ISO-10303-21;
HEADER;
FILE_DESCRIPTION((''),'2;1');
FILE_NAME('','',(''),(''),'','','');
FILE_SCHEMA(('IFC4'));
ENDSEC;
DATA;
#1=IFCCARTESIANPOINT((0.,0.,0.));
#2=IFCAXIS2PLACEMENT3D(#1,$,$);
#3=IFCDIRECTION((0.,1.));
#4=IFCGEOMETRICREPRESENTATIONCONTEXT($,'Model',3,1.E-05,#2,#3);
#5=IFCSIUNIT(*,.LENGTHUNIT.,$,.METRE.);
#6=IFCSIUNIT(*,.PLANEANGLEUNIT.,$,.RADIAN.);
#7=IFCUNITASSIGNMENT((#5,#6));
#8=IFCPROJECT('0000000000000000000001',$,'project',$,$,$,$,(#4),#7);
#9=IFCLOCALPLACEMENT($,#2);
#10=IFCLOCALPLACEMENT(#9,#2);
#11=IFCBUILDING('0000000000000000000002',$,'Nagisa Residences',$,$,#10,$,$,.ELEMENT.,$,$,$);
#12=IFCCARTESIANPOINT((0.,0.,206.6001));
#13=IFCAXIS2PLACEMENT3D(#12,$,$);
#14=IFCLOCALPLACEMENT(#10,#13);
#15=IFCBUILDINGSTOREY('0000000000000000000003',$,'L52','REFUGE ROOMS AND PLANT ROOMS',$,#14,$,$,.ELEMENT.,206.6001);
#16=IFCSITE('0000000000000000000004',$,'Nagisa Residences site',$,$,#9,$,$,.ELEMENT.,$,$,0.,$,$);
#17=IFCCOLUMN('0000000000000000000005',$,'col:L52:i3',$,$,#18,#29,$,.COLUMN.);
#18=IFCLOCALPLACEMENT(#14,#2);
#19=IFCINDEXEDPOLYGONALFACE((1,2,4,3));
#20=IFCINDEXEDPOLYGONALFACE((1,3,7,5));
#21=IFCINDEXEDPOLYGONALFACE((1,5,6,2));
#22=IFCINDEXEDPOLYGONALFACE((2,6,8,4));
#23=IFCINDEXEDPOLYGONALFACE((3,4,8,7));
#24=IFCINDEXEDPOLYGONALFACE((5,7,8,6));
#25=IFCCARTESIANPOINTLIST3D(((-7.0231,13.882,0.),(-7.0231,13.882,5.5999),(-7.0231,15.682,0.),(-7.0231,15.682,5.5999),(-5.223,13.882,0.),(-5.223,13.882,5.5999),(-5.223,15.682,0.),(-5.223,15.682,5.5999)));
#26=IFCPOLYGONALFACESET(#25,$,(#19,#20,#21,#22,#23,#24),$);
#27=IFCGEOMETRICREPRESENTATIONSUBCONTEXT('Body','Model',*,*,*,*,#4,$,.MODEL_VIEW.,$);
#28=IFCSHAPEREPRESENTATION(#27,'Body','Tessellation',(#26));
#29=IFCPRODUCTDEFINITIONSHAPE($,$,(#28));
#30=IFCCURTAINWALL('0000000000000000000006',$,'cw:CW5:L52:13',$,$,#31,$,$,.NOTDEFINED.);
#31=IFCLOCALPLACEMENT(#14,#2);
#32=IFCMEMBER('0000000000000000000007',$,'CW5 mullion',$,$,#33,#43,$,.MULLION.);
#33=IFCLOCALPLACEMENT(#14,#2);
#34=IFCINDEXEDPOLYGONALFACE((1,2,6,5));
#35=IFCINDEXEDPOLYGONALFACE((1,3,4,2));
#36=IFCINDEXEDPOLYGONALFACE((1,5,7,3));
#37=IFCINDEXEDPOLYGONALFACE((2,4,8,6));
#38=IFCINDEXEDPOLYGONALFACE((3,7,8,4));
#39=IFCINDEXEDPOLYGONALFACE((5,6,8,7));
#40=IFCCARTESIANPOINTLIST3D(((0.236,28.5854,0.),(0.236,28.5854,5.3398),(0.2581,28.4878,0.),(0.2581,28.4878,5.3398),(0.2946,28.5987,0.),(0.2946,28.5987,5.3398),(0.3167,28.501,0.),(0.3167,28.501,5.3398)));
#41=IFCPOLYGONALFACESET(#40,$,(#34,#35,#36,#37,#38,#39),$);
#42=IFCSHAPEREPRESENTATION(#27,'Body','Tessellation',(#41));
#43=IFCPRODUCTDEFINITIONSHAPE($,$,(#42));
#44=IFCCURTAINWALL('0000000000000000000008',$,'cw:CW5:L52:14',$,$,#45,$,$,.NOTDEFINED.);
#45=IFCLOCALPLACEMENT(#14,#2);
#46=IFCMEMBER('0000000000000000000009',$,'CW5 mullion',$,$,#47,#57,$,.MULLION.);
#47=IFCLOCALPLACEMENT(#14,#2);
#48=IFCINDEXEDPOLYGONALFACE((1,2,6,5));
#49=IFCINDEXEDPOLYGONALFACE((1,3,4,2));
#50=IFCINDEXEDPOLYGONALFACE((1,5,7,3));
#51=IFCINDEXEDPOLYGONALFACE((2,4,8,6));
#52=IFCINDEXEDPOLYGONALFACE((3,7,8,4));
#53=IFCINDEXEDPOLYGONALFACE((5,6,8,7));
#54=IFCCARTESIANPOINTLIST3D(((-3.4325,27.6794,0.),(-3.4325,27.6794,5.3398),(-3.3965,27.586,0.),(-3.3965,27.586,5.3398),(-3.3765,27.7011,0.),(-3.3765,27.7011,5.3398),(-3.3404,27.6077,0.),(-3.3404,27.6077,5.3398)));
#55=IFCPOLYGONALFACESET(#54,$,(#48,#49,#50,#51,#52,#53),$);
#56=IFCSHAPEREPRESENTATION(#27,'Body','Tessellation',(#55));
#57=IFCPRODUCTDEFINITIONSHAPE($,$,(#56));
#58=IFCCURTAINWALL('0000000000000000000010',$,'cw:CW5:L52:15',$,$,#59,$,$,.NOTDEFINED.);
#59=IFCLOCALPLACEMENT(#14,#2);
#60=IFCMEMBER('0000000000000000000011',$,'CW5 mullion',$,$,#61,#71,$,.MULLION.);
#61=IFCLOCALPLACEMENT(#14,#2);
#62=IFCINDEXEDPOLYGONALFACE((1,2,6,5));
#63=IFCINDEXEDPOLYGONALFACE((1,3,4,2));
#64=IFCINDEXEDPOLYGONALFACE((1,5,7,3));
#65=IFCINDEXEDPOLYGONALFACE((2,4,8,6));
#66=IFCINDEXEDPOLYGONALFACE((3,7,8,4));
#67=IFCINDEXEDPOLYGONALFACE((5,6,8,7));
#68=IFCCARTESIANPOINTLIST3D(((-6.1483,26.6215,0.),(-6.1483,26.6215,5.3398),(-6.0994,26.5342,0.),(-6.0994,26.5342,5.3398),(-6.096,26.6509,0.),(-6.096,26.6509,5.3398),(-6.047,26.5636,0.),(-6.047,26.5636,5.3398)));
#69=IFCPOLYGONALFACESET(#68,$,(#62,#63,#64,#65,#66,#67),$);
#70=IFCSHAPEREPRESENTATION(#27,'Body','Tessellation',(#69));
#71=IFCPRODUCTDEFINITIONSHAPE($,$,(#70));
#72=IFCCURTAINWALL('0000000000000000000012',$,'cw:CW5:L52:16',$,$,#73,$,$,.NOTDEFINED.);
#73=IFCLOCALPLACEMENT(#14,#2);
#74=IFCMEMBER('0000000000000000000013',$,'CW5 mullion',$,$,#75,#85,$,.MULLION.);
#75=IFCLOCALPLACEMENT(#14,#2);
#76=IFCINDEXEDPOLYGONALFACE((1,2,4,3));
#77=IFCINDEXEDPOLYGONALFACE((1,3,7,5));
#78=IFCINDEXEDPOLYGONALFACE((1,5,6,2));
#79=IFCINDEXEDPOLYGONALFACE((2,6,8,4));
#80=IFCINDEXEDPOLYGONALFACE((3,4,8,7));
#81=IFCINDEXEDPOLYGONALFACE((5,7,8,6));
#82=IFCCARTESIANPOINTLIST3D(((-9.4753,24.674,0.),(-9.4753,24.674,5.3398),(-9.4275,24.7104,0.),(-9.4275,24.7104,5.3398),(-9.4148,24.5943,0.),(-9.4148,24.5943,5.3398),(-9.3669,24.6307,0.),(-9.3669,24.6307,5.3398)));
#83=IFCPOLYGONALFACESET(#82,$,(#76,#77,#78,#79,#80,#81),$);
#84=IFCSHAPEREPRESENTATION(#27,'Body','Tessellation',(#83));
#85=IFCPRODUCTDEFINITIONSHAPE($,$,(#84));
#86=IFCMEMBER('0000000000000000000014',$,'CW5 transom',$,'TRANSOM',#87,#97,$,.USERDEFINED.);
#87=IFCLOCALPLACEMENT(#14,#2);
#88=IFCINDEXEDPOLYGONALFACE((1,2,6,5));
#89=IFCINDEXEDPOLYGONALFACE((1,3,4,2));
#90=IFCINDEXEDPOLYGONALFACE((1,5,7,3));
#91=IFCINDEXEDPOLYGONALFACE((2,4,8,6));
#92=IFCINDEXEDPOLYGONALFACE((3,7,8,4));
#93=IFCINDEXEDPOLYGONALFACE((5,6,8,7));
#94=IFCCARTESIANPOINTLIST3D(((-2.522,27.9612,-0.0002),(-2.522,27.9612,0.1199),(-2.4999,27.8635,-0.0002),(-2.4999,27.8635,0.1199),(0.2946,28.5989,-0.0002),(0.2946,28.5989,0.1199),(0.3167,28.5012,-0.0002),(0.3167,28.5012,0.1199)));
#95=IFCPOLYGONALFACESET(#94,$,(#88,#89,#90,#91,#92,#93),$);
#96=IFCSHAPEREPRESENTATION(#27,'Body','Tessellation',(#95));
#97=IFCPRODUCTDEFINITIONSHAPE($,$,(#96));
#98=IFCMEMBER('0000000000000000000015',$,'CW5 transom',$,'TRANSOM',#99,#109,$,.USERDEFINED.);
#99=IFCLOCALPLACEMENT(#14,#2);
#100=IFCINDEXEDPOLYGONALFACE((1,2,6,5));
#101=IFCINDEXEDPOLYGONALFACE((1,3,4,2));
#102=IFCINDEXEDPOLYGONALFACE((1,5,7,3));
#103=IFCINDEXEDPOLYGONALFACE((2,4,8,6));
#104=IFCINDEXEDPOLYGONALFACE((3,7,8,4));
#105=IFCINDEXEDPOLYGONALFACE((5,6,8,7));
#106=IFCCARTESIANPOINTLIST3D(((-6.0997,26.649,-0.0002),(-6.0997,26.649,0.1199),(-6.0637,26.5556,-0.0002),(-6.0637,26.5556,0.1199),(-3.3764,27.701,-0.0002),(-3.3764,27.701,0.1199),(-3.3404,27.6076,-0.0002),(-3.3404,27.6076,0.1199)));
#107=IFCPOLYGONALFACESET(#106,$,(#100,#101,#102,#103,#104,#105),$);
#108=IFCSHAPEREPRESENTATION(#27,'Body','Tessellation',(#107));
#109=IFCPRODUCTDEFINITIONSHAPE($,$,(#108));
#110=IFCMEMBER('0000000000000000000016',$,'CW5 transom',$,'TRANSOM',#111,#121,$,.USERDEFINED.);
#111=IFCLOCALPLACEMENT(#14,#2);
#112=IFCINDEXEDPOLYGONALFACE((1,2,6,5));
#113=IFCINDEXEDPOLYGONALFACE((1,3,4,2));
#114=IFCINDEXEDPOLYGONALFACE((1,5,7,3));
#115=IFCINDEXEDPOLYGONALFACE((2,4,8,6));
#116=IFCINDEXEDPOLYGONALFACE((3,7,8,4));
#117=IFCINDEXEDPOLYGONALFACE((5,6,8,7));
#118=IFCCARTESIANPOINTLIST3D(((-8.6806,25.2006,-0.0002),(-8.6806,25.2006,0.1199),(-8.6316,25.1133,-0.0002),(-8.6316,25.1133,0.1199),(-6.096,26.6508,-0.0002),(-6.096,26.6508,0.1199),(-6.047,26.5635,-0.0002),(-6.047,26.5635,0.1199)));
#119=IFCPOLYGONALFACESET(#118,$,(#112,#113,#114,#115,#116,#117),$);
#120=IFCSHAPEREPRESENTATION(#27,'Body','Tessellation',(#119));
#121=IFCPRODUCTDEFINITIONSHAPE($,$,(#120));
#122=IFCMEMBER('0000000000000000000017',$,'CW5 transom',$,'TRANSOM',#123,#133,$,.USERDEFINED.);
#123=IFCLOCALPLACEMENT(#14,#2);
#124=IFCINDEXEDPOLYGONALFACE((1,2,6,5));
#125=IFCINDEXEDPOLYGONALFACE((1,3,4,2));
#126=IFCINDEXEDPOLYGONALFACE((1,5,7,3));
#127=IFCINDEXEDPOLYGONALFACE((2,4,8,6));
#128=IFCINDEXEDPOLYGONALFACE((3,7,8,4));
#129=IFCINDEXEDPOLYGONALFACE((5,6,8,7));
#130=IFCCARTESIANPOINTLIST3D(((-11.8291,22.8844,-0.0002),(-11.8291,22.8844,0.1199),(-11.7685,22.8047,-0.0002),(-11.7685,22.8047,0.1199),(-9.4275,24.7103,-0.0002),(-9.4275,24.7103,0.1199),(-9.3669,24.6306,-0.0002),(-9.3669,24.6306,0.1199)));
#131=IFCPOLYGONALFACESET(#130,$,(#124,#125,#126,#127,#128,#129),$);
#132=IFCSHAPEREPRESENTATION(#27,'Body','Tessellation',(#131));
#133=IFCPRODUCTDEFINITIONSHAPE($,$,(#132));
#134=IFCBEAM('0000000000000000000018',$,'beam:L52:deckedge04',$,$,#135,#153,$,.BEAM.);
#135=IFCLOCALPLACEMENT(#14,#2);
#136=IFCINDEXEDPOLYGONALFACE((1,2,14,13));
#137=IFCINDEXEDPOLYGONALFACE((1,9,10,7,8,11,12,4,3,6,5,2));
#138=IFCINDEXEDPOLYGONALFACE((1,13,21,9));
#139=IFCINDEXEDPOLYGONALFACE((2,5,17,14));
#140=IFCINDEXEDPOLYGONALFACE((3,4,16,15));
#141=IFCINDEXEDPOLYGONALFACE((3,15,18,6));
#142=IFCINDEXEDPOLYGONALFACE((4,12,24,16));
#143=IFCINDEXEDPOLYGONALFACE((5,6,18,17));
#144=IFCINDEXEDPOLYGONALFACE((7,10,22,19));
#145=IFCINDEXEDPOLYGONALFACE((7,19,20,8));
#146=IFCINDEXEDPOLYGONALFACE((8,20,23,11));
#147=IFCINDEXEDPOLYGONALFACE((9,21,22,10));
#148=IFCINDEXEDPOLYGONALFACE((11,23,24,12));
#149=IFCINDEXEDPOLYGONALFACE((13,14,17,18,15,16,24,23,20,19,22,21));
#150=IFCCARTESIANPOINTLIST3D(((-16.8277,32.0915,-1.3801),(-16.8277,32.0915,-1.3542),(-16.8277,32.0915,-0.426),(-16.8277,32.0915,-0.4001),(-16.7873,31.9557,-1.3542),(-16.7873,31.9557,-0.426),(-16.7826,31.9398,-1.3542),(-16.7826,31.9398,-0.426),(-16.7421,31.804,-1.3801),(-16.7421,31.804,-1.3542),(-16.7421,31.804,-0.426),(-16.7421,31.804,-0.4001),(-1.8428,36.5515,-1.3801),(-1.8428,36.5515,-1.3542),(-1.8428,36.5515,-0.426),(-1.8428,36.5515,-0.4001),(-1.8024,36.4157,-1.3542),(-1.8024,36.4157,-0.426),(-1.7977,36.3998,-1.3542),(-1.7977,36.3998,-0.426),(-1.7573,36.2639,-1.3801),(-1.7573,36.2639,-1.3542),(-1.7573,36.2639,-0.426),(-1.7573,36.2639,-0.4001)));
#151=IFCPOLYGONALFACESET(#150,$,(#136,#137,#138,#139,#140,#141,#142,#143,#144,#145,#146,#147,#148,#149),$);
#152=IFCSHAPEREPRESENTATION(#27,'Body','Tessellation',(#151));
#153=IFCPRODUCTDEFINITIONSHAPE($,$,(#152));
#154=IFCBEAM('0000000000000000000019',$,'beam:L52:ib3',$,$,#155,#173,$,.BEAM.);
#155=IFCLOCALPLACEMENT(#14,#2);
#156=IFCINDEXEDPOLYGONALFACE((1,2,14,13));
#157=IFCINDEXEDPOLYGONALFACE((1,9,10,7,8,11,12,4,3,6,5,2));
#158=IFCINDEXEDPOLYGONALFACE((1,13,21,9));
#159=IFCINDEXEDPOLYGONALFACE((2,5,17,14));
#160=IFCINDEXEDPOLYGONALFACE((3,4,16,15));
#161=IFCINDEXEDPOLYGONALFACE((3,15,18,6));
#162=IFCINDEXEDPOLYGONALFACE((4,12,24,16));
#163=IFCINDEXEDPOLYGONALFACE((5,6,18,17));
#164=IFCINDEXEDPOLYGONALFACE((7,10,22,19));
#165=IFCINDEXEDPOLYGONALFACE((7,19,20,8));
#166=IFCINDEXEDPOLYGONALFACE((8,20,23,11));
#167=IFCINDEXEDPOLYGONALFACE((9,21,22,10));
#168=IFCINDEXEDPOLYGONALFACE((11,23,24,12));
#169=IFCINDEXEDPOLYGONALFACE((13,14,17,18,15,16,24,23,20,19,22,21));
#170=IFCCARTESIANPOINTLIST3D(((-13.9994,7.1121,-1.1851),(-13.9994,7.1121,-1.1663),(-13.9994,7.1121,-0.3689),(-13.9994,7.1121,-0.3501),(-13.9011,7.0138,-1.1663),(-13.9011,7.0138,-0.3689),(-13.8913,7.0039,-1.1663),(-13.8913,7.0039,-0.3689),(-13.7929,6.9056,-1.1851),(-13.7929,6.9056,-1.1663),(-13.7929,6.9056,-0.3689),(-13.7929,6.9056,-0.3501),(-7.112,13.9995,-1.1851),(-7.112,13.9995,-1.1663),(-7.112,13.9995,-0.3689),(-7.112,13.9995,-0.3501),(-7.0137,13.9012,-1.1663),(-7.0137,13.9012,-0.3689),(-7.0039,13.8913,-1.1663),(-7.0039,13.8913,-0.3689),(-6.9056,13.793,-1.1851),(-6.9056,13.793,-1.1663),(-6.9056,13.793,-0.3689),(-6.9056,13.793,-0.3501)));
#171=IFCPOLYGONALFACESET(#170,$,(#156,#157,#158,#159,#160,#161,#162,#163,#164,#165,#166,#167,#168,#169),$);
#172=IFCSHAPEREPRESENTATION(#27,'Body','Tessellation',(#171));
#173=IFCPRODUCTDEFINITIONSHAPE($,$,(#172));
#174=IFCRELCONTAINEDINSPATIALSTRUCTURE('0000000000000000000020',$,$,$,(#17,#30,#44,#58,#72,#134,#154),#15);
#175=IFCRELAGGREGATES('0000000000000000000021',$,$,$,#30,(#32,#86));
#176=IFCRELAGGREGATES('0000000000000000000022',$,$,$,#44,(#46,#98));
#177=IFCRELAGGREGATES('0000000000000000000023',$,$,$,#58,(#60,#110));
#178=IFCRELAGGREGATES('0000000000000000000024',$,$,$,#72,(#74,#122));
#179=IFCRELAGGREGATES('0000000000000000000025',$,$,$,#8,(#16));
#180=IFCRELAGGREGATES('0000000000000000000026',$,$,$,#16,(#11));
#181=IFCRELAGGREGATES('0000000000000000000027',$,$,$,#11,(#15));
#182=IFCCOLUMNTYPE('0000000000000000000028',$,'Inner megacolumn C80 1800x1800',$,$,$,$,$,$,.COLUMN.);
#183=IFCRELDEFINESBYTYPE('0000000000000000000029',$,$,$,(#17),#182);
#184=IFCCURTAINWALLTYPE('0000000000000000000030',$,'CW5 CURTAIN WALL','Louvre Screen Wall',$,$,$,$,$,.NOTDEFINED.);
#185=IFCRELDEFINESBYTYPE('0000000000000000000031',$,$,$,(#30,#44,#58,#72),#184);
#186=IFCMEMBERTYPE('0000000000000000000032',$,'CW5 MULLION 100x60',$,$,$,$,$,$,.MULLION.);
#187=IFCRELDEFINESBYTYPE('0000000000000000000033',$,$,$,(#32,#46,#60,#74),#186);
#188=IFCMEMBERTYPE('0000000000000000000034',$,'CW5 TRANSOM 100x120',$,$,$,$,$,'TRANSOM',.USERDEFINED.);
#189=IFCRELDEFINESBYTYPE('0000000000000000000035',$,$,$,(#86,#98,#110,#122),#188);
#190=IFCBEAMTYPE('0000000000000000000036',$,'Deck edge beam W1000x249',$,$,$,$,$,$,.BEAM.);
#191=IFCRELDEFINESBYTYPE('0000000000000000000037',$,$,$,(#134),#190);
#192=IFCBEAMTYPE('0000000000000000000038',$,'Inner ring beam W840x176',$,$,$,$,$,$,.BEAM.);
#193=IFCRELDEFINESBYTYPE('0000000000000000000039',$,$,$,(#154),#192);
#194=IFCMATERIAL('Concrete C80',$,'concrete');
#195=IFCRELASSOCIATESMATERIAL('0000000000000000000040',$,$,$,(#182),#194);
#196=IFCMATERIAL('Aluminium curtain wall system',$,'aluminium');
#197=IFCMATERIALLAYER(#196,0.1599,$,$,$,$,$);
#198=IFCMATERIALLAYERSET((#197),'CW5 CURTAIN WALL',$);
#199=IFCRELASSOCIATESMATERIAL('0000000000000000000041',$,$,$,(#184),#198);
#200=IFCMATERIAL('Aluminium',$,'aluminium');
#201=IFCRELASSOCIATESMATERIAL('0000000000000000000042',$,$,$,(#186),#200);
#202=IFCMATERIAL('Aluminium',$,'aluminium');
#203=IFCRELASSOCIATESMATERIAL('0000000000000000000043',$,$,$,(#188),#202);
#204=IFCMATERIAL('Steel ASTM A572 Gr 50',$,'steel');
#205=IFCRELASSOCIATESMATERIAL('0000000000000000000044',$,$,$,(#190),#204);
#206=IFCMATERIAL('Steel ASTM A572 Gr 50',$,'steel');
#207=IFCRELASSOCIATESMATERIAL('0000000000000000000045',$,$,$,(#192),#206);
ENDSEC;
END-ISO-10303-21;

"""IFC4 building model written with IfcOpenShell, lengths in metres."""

from ifc_helpers import new_model, si_unit, direction, frame, origin, origin_2d, place, context, subcontext, project, spatial, rectangle, i_section, extrude, material, layer, layer_set, material_profile, profile_set, type_object, element, aggregate, save


model = new_model("IFC4")

# Units and contexts
model_context = context("Model", 3, precision=1e-05, world=origin(), true_north=direction((0.0, 1.0)))
body_context = subcontext(model_context, "Body", "Model", "MODEL_VIEW")
ifc_project = project(units=[si_unit("LENGTHUNIT", "METRE"), si_unit("PLANEANGLEUNIT", "RADIAN")], contexts=[model_context])

# Site, building, storey
site_placement = place(None, origin())
site = spatial("IfcSite", under=ifc_project, at=site_placement, Name="Nagisa Residences site", CompositionType="ELEMENT", RefElevation=0.0)
building_placement = place(site_placement, origin())
building = spatial("IfcBuilding", under=site, at=building_placement, Name="Nagisa Residences", CompositionType="ELEMENT")
storey_placement = place(building_placement, frame((0.0, 0.0, 206.6001)))
storey = spatial("IfcBuildingStorey", under=building, at=storey_placement, Name="L52", Description="REFUGE ROOMS AND PLANT ROOMS", CompositionType="ELEMENT", Elevation=206.6001)

# Column
ifc_material_1 = material(Name="Concrete C80", Category="concrete")
ifc_material_profile_1 = material_profile(ifc_material_1, rectangle(XDim=1.8, YDim=1.8, at=origin_2d()), Name="C80 1800x1800")
ifc_profile_set_1 = profile_set([ifc_material_profile_1], Name="Concrete C80")
column_type = type_object("IfcColumnType", Name="Inner megacolumn C80 1800x1800", PredefinedType="COLUMN", material=ifc_profile_set_1)
column_placement = place(storey_placement, frame((-6.123, 14.782, 0.0), z_axis=(0.0, 0.0, 1.0), x_axis=(1.0, 0.0, 0.0)))
element("IfcColumn", 1, at=column_placement, inside=storey, type_object=column_type, Name="col:L52:i3", PredefinedType="COLUMN", context=body_context, shape_type="SweptSolid", body=[
    extrude(rectangle(XDim=1.8, YDim=1.8, at=origin_2d()), origin(), (0.0, 0.0, 1.0), 5.5999),
])

# Curtain walls, members
ifc_material_2 = material(Name="Aluminium curtain wall system", Category="aluminium")
ifc_layer_1 = layer(ifc_material_2, 0.1599)
ifc_layer_set_1 = layer_set([ifc_layer_1], Name="CW5 CURTAIN WALL")
curtain_wall_type = type_object("IfcCurtainWallType", Name="CW5 CURTAIN WALL", Description="Louvre Screen Wall", PredefinedType="NOTDEFINED", material=ifc_layer_set_1)
curtain_wall_1_placement = place(storey_placement, origin())
curtain_wall_1 = element("IfcCurtainWall", 2, at=curtain_wall_1_placement, inside=storey, type_object=curtain_wall_type, Name="cw:CW5:L52:13", PredefinedType="NOTDEFINED")
ifc_material_3 = material(Name="Aluminium", Category="aluminium")
ifc_material_profile_2 = material_profile(ifc_material_3, rectangle(XDim=0.1001, YDim=0.0601, at=origin_2d()), Name="CW5 MULLION 100x60")
ifc_profile_set_2 = profile_set([ifc_material_profile_2], Name="Aluminium")
member_type_1 = type_object("IfcMemberType", Name="CW5 MULLION 100x60", PredefinedType="MULLION", material=ifc_profile_set_2)
member_1_placement = place(storey_placement, frame((0.2764, 28.5432, 0.0), z_axis=(0.0, 0.0, 1.0), x_axis=(0.220764, -0.975327, 0.0)))
member_1 = element("IfcMember", 3, at=member_1_placement, type_object=member_type_1, Name="CW5 mullion", PredefinedType="MULLION", context=body_context, shape_type="SweptSolid", body=[
    extrude(rectangle(XDim=0.1001, YDim=0.0601, at=origin_2d()), origin(), (0.0, 0.0, 1.0), 5.3398),
])
curtain_wall_2_placement = place(storey_placement, origin())
curtain_wall_2 = element("IfcCurtainWall", 4, at=curtain_wall_2_placement, inside=storey, type_object=curtain_wall_type, Name="cw:CW5:L52:14", PredefinedType="NOTDEFINED")
member_2_placement = place(storey_placement, frame((-3.3865, 27.6436, 0.0), z_axis=(0.0, 0.0, 1.0), x_axis=(0.360328, -0.932826, 0.0)))
member_2 = element("IfcMember", 5, at=member_2_placement, type_object=member_type_1, Name="CW5 mullion", PredefinedType="MULLION", context=body_context, shape_type="SweptSolid", body=[
    extrude(rectangle(XDim=0.1001, YDim=0.0601, at=origin_2d()), origin(), (0.0, 0.0, 1.0), 5.3398),
])
curtain_wall_3_placement = place(storey_placement, origin())
curtain_wall_3 = element("IfcCurtainWall", 6, at=curtain_wall_3_placement, inside=storey, type_object=curtain_wall_type, Name="cw:CW5:L52:15", PredefinedType="NOTDEFINED")
member_3_placement = place(storey_placement, frame((-6.0977, 26.5925, 0.0), z_axis=(0.0, 0.0, 1.0), x_axis=(0.489377, -0.872072, 0.0)))
member_3 = element("IfcMember", 7, at=member_3_placement, type_object=member_type_1, Name="CW5 mullion", PredefinedType="MULLION", context=body_context, shape_type="SweptSolid", body=[
    extrude(rectangle(XDim=0.1001, YDim=0.0601, at=origin_2d()), origin(), (0.0, 0.0, 1.0), 5.3398),
])
curtain_wall_4_placement = place(storey_placement, origin())
curtain_wall_4 = element("IfcCurtainWall", 8, at=curtain_wall_4_placement, inside=storey, type_object=curtain_wall_type, Name="cw:CW5:L52:16", PredefinedType="NOTDEFINED")
member_4_placement = place(storey_placement, frame((-9.4211, 24.6523, 0.0), z_axis=(0.0, 0.0, 1.0), x_axis=(0.605255, -0.796031, 0.0)))
member_4 = element("IfcMember", 9, at=member_4_placement, type_object=member_type_1, Name="CW5 mullion", PredefinedType="MULLION", context=body_context, shape_type="SweptSolid", body=[
    extrude(rectangle(XDim=0.1001, YDim=0.0601, at=origin_2d()), origin(), (0.0, 0.0, 1.0), 5.3398),
])

# Members
ifc_material_4 = material(Name="Aluminium", Category="aluminium")
ifc_material_profile_3 = material_profile(ifc_material_4, rectangle(XDim=0.1001, YDim=0.1201, at=origin_2d()), Name="CW5 TRANSOM 100x120")
ifc_profile_set_3 = profile_set([ifc_material_profile_3], Name="Aluminium")
member_type_2 = type_object("IfcMemberType", Name="CW5 TRANSOM 100x120", ElementType="TRANSOM", PredefinedType="USERDEFINED", material=ifc_profile_set_3)
member_5_placement = place(storey_placement, frame((0.3057, 28.55, 0.0598), z_axis=(-0.975316, -0.220814, 0.0), x_axis=(0.220814, -0.975316, 0.0)))
member_5 = element("IfcMember", 10, at=member_5_placement, type_object=member_type_2, Name="CW5 transom", ObjectType="TRANSOM", PredefinedType="USERDEFINED", context=body_context, shape_type="SweptSolid", body=[
    extrude(rectangle(XDim=0.1001, YDim=0.1201, at=origin_2d()), origin(), (0.0, 0.0, 1.0), 2.8879),
])
member_6_placement = place(storey_placement, frame((-3.3584, 27.6543, 0.0598), z_axis=(-0.932823, -0.360335, 0.0), x_axis=(0.360335, -0.932823, 0.0)))
member_6 = element("IfcMember", 11, at=member_6_placement, type_object=member_type_2, Name="CW5 transom", ObjectType="TRANSOM", PredefinedType="USERDEFINED", context=body_context, shape_type="SweptSolid", body=[
    extrude(rectangle(XDim=0.1001, YDim=0.1201, at=origin_2d()), origin(), (0.0, 0.0, 1.0), 2.9194),
])
member_7_placement = place(storey_placement, frame((-6.0715, 26.6072, 0.0598), z_axis=(-0.87209, -0.489346, 0.0), x_axis=(0.489346, -0.87209, 0.0)))
member_7 = element("IfcMember", 12, at=member_7_placement, type_object=member_type_2, Name="CW5 transom", ObjectType="TRANSOM", PredefinedType="USERDEFINED", context=body_context, shape_type="SweptSolid", body=[
    extrude(rectangle(XDim=0.1001, YDim=0.1201, at=origin_2d()), origin(), (0.0, 0.0, 1.0), 2.9636),
])
member_8_placement = place(storey_placement, frame((-9.3972, 24.6704, 0.0598), z_axis=(-0.79605, -0.605231, 0.0), x_axis=(0.605231, -0.79605, 0.0)))
member_8 = element("IfcMember", 13, at=member_8_placement, type_object=member_type_2, Name="CW5 transom", ObjectType="TRANSOM", PredefinedType="USERDEFINED", context=body_context, shape_type="SweptSolid", body=[
    extrude(rectangle(XDim=0.1001, YDim=0.1201, at=origin_2d()), origin(), (0.0, 0.0, 1.0), 3.0168),
])

# Beams
ifc_material_5 = material(Name="Steel ASTM A572 Gr 50", Category="steel")
ifc_material_profile_4 = material_profile(ifc_material_5, i_section(OverallWidth=0.3, OverallDepth=0.98, WebThickness=0.0166, FlangeThickness=0.0259, at=origin_2d()), Name="W1000x249")
ifc_profile_set_4 = profile_set([ifc_material_profile_4], Name="Steel ASTM A572 Gr 50")
beam_type_1 = type_object("IfcBeamType", Name="Deck edge beam W1000x249", PredefinedType="BEAM", material=ifc_profile_set_4)
beam_1_placement = place(storey_placement, frame((-1.8, 36.4077, -0.8901), z_axis=(-0.958449, -0.285264, 0.0), x_axis=(0.285264, -0.958449, 0.0)))
element("IfcBeam", 14, at=beam_1_placement, inside=storey, type_object=beam_type_1, Name="beam:L52:deckedge04", PredefinedType="BEAM", context=body_context, shape_type="SweptSolid", body=[
    extrude(i_section(OverallWidth=0.3, OverallDepth=0.98, WebThickness=0.0166, FlangeThickness=0.0259, at=origin_2d()), origin(), (0.0, 0.0, 1.0), 15.6345),
])
ifc_material_6 = material(Name="Steel ASTM A572 Gr 50", Category="steel")
ifc_material_profile_5 = material_profile(ifc_material_6, i_section(OverallWidth=0.292, OverallDepth=0.835, WebThickness=0.0139, FlangeThickness=0.0188, at=origin_2d()), Name="W840x176")
ifc_profile_set_5 = profile_set([ifc_material_profile_5], Name="Steel ASTM A572 Gr 50")
beam_type_2 = type_object("IfcBeamType", Name="Inner ring beam W840x176", PredefinedType="BEAM", material=ifc_profile_set_5)
beam_2_placement = place(storey_placement, frame((-7.0088, 13.8962, -0.7676), z_axis=(-0.707107, -0.707107, 0.0), x_axis=(0.707107, -0.707107, 0.0)))
element("IfcBeam", 15, at=beam_2_placement, inside=storey, type_object=beam_type_2, Name="beam:L52:ib3", PredefinedType="BEAM", context=body_context, shape_type="SweptSolid", body=[
    extrude(i_section(OverallWidth=0.292, OverallDepth=0.835, WebThickness=0.0139, FlangeThickness=0.0188, at=origin_2d()), origin(), (0.0, 0.0, 1.0), 9.7402),
])

aggregate(curtain_wall_1, [member_1, member_5])
aggregate(curtain_wall_2, [member_2, member_6])
aggregate(curtain_wall_3, [member_3, member_7])
aggregate(curtain_wall_4, [member_4, member_8])

save(model, "model.ifc")
